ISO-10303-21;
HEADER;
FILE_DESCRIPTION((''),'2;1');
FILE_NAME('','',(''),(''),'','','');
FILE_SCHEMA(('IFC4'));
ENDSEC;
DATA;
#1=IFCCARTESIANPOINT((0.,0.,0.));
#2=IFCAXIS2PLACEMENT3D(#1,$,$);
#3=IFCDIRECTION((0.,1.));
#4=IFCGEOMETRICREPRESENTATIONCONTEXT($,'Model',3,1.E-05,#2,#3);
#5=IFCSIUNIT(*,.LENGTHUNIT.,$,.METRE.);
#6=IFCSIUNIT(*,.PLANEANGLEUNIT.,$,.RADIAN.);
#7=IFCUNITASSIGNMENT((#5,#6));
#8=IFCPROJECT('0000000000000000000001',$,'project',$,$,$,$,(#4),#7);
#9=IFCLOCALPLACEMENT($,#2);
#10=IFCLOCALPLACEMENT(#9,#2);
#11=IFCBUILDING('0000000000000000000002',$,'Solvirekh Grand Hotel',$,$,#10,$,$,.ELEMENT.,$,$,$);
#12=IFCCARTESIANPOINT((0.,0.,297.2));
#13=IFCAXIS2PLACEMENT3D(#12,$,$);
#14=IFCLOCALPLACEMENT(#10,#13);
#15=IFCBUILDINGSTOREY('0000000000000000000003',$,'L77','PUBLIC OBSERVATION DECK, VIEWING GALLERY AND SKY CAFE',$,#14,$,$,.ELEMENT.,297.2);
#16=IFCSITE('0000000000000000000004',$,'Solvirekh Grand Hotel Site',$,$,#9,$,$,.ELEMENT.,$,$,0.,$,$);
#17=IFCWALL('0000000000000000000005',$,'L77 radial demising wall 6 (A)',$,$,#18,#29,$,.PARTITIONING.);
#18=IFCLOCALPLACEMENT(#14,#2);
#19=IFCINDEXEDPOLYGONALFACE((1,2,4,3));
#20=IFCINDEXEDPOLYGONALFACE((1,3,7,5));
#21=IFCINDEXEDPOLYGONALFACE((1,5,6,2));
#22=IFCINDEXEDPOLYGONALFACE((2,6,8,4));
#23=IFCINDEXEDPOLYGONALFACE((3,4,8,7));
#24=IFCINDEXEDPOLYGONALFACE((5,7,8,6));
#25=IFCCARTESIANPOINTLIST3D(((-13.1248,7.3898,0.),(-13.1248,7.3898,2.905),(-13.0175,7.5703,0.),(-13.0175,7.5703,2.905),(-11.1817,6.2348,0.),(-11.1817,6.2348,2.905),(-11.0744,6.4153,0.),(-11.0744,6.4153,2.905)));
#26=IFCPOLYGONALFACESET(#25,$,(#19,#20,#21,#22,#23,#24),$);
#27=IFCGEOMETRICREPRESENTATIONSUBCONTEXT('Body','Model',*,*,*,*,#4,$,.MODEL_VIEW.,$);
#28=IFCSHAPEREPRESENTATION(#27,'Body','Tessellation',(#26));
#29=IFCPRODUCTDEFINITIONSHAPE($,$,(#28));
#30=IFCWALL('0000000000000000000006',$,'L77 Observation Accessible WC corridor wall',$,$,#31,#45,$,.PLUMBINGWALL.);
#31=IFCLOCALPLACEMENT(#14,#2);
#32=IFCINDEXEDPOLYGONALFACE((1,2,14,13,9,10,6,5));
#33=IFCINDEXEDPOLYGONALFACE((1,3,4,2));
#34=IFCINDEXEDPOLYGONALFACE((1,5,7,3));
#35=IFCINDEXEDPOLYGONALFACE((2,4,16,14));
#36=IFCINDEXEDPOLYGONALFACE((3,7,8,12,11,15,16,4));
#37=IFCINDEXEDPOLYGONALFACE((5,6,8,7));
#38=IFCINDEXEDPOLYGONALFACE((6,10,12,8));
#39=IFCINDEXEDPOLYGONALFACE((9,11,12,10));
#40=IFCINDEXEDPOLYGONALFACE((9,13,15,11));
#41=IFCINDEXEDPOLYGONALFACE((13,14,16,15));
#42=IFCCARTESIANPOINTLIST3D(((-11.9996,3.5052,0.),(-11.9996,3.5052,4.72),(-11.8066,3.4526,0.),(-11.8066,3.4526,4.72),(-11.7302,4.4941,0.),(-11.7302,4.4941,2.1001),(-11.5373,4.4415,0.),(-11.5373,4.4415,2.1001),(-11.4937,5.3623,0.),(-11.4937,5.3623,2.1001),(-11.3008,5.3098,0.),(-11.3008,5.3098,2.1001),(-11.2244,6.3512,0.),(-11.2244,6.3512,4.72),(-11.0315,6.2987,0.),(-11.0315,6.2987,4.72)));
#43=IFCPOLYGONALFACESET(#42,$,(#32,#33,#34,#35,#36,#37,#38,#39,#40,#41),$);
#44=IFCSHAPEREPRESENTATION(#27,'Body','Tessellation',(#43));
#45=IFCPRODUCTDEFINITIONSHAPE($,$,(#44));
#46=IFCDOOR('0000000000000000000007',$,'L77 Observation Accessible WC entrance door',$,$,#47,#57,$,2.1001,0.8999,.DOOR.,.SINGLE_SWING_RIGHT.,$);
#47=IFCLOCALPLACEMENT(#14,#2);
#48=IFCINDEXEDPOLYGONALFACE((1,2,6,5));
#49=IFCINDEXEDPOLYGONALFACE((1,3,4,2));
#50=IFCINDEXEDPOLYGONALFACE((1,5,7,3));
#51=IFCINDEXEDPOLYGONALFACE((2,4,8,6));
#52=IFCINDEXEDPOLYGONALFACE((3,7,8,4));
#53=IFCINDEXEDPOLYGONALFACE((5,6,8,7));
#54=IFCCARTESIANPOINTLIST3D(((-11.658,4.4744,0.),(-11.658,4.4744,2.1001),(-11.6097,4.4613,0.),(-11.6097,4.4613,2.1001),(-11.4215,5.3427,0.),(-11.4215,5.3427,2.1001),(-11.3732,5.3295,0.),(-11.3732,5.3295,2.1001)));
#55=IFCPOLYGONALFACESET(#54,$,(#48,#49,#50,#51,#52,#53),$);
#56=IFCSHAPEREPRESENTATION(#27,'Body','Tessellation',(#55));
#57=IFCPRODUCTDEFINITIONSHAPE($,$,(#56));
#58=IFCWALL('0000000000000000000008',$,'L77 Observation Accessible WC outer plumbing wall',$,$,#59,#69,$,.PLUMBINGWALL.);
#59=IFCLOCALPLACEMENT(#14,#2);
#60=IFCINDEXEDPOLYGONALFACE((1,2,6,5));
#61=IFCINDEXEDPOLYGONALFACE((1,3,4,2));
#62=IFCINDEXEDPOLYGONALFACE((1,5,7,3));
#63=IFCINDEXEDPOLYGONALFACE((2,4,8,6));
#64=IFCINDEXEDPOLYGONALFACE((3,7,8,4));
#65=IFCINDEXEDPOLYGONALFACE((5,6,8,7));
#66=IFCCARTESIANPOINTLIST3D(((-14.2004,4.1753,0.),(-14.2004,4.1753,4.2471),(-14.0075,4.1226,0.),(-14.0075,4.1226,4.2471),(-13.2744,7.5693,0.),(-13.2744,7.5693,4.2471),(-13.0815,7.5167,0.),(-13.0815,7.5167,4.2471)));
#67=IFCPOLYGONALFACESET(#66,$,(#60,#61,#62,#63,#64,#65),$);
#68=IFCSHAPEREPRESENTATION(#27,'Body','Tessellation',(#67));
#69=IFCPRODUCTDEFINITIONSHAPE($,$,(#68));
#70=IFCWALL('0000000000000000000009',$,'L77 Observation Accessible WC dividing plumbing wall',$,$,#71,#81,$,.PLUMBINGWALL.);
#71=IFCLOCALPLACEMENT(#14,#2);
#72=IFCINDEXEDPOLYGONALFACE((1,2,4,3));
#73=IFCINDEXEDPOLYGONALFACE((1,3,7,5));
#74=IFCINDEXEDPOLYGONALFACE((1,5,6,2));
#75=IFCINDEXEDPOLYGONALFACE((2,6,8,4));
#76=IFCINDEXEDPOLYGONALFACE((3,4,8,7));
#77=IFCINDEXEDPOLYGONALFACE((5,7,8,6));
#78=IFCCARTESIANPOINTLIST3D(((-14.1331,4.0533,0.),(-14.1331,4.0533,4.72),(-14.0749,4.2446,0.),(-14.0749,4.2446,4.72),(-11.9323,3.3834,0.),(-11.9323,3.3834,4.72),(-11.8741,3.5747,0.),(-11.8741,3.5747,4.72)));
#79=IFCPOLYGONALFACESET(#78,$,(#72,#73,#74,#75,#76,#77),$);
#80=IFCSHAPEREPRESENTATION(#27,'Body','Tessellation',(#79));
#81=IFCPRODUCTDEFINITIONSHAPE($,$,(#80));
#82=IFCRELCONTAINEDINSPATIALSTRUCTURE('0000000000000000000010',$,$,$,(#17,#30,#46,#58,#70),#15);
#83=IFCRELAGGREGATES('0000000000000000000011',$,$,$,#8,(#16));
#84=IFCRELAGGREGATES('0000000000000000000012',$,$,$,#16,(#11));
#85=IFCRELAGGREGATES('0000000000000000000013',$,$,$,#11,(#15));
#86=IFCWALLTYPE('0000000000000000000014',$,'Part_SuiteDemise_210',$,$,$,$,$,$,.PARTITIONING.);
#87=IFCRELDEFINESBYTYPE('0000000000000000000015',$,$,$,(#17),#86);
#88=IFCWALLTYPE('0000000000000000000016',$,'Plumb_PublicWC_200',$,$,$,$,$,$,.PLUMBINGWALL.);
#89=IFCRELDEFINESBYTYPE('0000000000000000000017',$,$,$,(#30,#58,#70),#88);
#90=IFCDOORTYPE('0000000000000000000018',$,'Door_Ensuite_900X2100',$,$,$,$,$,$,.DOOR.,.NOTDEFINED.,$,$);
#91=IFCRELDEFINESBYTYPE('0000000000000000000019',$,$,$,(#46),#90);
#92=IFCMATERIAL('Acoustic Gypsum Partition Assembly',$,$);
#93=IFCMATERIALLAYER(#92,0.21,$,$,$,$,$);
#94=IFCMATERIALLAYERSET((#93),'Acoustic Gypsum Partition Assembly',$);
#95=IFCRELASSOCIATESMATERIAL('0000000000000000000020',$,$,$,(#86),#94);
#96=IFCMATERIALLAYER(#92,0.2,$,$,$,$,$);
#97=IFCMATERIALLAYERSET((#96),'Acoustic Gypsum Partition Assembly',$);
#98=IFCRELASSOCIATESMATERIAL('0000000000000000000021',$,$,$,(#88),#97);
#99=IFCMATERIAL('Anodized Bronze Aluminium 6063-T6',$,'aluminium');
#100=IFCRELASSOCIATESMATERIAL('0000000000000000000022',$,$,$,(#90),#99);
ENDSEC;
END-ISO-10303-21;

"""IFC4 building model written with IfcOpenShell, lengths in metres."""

from ifc_helpers import new_model, si_unit, direction, frame, frame_2d, origin, place, context, subcontext, project, spatial, rectangle, extrude, material, layer, layer_set, type_object, element, fill, save


model = new_model("IFC4")

# Units and contexts
model_context = context("Model", 3, precision=1e-05, world=origin(), true_north=direction((0.0, 1.0)))
body_context = subcontext(model_context, "Body", "Model", "MODEL_VIEW")
ifc_project = project(units=[si_unit("LENGTHUNIT", "METRE"), si_unit("PLANEANGLEUNIT", "RADIAN")], contexts=[model_context])

# Site, building, storey
site_placement = place(None, origin())
site = spatial("IfcSite", under=ifc_project, at=site_placement, Name="Solvirekh Grand Hotel Site", CompositionType="ELEMENT", RefElevation=0.0)
building_placement = place(site_placement, origin())
building = spatial("IfcBuilding", under=site, at=building_placement, Name="Solvirekh Grand Hotel", CompositionType="ELEMENT")
storey_placement = place(building_placement, frame((0.0, 0.0, 297.2)))
storey = spatial("IfcBuildingStorey", under=building, at=storey_placement, Name="L77", Description="PUBLIC OBSERVATION DECK, VIEWING GALLERY AND SKY CAFE", CompositionType="ELEMENT", Elevation=297.2)

# Shared definitions
ifc_material_1 = material(Name="Anodized Bronze Aluminium 6063-T6", Category="aluminium")

# Shared definitions
ifc_material_2 = material(Name="Acoustic Gypsum Partition Assembly")

# Wall
ifc_layer_1 = layer(ifc_material_2, 0.21)
ifc_layer_set_1 = layer_set([ifc_layer_1], Name="Acoustic Gypsum Partition Assembly")
wall_type_1 = type_object("IfcWallType", Name="Part_SuiteDemise_210", PredefinedType="PARTITIONING", material=ifc_layer_set_1)
wall_1_placement = place(storey_placement, frame((-11.1279, 6.325, 0.0), z_axis=(0.0, 0.0, 1.0), x_axis=(-0.859601, 0.510965, 0.0)))
element("IfcWall", 1, at=wall_1_placement, inside=storey, type_object=wall_type_1, Name="L77 radial demising wall 6 (A)", PredefinedType="PARTITIONING", context=body_context, shape_type="SweptSolid", body=[
    extrude(rectangle(XDim=2.2605, YDim=0.21, at=frame_2d((1.1304, 0.0))), origin(), (0.0, 0.0, 1.0), 2.905),
])

# Wall, opening, door
ifc_layer_2 = layer(ifc_material_2, 0.2)
ifc_layer_set_2 = layer_set([ifc_layer_2], Name="Acoustic Gypsum Partition Assembly")
wall_type_2 = type_object("IfcWallType", Name="Plumb_PublicWC_200", PredefinedType="PLUMBINGWALL", material=ifc_layer_set_2)
wall_2_placement = place(storey_placement, frame((-11.1279, 6.325, 0.0), z_axis=(0.0, 0.0, 1.0), x_axis=(-0.262795, -0.964852, 0.0)))
wall_2 = element("IfcWall", 2, at=wall_2_placement, inside=storey, type_object=wall_type_2, Name="L77 Observation Accessible WC corridor wall", PredefinedType="PLUMBINGWALL", context=body_context, shape_type="SweptSolid", body=[
    extrude(rectangle(XDim=2.9497, YDim=0.2, at=frame_2d((1.4749, 0.0))), origin(), (0.0, 0.0, 1.0), 4.72),
])
opening_1_placement = place(wall_2_placement, frame((1.0249, 0.0, 0.0)))
opening_1 = element("IfcOpeningElement", 3, at=opening_1_placement, cuts=wall_2, PredefinedType="OPENING", context=body_context, shape_type="SweptSolid", body=[
    extrude(rectangle(XDim=0.8999, YDim=2.1001, at=frame_2d((0.45, 1.05))), frame((0.0, 0.1099, 0.0), z_axis=(0.0, -1.0, 0.0), x_axis=(1.0, 0.0, 0.0)), (0.0, 0.0, 1.0), 0.22),
])
door_type_1 = type_object("IfcDoorType", Name="Door_Ensuite_900X2100", OperationType="NOTDEFINED", PredefinedType="DOOR", material=ifc_material_1)
door_1_placement = place(opening_1_placement, origin())
door_1 = element("IfcDoor", 4, at=door_1_placement, inside=storey, type_object=door_type_1, Name="L77 Observation Accessible WC entrance door", OperationType="SINGLE_SWING_RIGHT", OverallHeight=2.1001, OverallWidth=0.8999, PredefinedType="DOOR", context=body_context, shape_type="SweptSolid", body=[
    extrude(rectangle(XDim=0.8999, YDim=2.1001, at=frame_2d((0.45, 1.05))), frame((0.0, 0.0249, 0.0), z_axis=(0.0, -1.0, 0.0), x_axis=(1.0, 0.0, 0.0)), (0.0, 0.0, 1.0), 0.05),
])
fill(opening_1, door_1)

# Walls
wall_3_placement = place(storey_placement, frame((-13.178, 7.543, 0.0), z_axis=(0.0, 0.0, 1.0), x_axis=(-0.263217, -0.964737, 0.0)))
element("IfcWall", 5, at=wall_3_placement, inside=storey, type_object=wall_type_2, Name="L77 Observation Accessible WC outer plumbing wall", PredefinedType="PLUMBINGWALL", context=body_context, shape_type="SweptSolid", body=[
    extrude(rectangle(XDim=3.5181, YDim=0.2, at=frame_2d((1.759, 0.0))), origin(), (0.0, 0.0, 1.0), 4.2471),
])
wall_4_placement = place(storey_placement, frame((-11.9031, 3.479, 0.0), z_axis=(0.0, 0.0, 1.0), x_axis=(-0.956665, 0.291191, 0.0)))
element("IfcWall", 6, at=wall_4_placement, inside=storey, type_object=wall_type_2, Name="L77 Observation Accessible WC dividing plumbing wall", PredefinedType="PLUMBINGWALL", context=body_context, shape_type="SweptSolid", body=[
    extrude(rectangle(XDim=2.3005, YDim=0.2, at=frame_2d((1.1504, 0.0))), origin(), (0.0, 0.0, 1.0), 4.72),
])

save(model, "model.ifc")
